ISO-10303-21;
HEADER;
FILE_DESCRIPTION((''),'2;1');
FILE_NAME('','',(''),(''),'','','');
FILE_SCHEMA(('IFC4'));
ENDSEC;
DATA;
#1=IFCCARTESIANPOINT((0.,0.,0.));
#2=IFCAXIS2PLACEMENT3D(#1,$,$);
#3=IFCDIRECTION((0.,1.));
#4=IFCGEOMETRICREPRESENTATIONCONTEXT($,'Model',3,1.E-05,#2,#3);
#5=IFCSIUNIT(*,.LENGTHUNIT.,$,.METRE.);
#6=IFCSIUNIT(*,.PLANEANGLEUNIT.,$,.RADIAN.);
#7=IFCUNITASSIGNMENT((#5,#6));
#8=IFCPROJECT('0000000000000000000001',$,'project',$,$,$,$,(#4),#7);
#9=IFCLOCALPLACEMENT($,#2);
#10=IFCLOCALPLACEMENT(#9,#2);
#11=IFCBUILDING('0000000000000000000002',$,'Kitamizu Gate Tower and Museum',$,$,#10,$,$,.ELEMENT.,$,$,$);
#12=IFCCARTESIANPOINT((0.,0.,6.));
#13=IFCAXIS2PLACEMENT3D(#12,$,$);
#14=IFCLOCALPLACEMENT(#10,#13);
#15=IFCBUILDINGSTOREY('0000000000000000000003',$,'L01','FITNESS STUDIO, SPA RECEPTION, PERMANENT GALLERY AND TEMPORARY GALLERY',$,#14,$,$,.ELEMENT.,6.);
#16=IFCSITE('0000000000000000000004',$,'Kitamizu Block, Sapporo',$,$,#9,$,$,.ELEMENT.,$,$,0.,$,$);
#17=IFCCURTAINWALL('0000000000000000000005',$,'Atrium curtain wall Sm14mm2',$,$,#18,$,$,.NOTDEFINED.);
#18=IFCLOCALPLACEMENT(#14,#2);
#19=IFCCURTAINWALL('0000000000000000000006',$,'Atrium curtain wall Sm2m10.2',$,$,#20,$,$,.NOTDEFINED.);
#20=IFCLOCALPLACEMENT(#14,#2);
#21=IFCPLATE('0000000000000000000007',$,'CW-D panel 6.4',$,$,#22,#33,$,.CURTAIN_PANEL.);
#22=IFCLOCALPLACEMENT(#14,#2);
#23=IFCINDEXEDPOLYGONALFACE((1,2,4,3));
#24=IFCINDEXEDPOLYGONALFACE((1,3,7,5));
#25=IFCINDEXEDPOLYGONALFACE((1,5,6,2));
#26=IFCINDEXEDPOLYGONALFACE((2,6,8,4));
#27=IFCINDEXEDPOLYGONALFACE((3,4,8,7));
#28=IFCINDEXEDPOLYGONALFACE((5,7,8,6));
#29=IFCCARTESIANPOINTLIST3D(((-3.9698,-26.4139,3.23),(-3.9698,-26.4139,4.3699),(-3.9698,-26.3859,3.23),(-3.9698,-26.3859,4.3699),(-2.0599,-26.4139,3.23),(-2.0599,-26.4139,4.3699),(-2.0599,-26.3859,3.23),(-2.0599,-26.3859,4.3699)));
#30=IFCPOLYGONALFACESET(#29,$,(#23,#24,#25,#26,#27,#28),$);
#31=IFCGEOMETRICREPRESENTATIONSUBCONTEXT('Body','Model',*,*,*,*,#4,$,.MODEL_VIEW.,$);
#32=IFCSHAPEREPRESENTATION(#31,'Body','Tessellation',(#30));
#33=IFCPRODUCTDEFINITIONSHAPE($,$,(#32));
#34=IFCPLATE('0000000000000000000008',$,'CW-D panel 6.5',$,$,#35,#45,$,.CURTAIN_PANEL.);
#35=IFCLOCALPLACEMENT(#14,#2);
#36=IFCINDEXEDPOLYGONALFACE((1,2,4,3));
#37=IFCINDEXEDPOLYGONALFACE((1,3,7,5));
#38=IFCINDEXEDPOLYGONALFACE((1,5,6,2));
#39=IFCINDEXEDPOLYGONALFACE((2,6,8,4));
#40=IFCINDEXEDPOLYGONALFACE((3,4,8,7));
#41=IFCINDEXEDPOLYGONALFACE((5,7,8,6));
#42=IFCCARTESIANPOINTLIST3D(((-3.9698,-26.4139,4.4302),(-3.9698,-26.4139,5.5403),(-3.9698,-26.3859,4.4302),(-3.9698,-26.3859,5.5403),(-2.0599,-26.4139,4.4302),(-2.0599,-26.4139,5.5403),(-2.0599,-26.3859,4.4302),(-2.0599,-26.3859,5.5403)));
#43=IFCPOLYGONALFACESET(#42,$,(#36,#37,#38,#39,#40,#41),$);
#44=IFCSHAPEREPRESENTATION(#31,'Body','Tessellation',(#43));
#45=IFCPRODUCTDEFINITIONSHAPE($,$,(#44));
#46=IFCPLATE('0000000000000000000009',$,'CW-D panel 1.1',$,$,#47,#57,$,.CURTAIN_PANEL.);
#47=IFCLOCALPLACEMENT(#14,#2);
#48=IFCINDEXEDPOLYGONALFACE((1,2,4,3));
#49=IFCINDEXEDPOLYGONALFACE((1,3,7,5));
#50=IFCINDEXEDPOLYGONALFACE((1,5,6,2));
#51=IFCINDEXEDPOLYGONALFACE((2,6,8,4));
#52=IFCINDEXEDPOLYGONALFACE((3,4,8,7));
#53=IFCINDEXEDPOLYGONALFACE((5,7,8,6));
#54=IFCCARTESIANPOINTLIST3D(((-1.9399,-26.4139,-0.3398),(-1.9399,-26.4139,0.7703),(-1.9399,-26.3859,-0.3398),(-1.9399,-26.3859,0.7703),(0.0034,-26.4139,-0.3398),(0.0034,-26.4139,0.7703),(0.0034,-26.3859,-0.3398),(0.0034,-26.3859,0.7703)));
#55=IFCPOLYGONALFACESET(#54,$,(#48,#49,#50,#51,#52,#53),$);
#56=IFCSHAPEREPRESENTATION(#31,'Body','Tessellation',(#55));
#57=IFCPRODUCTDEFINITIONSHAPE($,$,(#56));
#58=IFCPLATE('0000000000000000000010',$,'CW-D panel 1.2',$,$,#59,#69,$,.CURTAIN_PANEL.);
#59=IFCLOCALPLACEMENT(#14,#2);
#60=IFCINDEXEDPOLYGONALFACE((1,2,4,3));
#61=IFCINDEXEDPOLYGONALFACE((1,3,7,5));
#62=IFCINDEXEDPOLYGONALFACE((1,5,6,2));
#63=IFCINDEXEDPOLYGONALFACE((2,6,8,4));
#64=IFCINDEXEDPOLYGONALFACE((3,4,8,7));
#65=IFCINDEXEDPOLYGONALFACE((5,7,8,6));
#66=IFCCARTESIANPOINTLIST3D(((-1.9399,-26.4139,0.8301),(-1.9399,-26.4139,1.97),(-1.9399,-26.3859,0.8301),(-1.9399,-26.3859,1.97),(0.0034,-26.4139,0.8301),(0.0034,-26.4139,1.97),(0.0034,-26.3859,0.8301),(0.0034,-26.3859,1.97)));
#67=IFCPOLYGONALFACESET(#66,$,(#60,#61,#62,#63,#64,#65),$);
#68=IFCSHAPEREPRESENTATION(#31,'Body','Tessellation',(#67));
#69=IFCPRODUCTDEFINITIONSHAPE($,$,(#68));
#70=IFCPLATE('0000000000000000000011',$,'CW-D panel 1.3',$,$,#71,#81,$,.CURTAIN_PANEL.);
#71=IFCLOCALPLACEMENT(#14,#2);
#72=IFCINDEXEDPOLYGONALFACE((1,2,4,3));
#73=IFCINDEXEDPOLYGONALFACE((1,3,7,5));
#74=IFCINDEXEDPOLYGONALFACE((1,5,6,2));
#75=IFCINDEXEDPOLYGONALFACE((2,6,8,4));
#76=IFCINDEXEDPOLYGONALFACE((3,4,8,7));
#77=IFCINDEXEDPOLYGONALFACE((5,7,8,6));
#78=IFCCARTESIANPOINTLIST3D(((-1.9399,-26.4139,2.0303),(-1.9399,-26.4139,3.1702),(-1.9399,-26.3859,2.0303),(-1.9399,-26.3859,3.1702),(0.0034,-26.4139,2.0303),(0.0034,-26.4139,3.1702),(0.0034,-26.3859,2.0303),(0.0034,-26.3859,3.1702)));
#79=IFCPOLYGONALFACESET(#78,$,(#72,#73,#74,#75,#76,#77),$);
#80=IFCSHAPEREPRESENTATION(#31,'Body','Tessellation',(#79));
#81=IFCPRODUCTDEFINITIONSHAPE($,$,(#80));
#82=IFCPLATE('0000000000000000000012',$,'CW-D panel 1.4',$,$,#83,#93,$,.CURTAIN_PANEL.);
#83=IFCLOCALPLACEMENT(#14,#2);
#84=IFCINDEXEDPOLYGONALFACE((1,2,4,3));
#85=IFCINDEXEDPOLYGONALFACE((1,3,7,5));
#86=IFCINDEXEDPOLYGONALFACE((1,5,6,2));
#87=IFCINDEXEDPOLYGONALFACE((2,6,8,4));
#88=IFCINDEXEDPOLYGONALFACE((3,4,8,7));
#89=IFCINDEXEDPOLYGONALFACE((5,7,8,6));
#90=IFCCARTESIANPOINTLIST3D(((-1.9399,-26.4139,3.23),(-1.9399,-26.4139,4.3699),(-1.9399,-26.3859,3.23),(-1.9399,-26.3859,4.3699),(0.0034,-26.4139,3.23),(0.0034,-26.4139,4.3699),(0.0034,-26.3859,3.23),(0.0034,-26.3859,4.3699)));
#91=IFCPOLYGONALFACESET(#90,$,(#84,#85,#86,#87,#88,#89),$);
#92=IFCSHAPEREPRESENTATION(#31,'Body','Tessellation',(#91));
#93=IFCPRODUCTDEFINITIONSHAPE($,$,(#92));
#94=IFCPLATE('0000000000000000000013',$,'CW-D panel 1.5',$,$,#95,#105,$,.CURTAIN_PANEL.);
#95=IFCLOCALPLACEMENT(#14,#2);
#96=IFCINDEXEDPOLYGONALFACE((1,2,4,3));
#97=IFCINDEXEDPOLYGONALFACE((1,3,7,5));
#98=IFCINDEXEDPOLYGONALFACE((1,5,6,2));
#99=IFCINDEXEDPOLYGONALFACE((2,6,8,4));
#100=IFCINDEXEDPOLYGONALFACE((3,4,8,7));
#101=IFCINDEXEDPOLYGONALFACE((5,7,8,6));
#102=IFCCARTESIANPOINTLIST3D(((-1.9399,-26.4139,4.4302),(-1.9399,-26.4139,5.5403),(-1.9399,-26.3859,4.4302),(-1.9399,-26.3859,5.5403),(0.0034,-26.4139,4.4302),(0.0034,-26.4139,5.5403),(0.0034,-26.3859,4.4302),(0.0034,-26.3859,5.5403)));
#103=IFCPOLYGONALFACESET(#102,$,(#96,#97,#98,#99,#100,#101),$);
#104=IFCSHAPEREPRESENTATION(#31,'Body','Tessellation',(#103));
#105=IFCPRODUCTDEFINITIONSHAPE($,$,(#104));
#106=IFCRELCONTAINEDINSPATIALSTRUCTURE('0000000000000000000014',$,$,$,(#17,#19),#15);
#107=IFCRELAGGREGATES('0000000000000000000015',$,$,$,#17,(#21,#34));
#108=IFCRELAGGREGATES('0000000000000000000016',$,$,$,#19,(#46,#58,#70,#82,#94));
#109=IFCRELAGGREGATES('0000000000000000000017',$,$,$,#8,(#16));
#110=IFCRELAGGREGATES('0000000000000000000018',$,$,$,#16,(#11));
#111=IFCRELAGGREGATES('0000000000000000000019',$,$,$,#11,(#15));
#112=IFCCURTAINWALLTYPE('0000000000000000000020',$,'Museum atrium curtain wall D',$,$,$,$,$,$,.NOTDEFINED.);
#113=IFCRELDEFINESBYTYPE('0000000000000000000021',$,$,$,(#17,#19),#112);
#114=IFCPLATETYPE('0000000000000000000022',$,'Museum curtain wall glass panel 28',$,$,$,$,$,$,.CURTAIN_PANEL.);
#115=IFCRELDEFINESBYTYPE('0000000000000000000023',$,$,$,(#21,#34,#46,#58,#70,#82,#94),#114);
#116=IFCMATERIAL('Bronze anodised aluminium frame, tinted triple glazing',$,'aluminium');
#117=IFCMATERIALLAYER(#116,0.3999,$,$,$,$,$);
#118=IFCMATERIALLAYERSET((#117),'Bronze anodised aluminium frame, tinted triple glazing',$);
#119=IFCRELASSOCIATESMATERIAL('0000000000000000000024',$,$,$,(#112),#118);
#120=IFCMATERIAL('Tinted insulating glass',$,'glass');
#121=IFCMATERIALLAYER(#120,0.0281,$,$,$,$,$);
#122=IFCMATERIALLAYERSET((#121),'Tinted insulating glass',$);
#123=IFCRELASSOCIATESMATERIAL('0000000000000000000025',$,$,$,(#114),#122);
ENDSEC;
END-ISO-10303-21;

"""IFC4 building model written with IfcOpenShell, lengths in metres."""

from ifc_helpers import new_model, si_unit, direction, frame, origin, origin_2d, place, context, subcontext, project, spatial, rectangle, extrude, material, layer, layer_set, type_object, element, aggregate, save


model = new_model("IFC4")

# Units and contexts
model_context = context("Model", 3, precision=1e-05, world=origin(), true_north=direction((0.0, 1.0)))
body_context = subcontext(model_context, "Body", "Model", "MODEL_VIEW")
ifc_project = project(units=[si_unit("LENGTHUNIT", "METRE"), si_unit("PLANEANGLEUNIT", "RADIAN")], contexts=[model_context])

# Site, building, storey
site_placement = place(None, origin())
site = spatial("IfcSite", under=ifc_project, at=site_placement, Name="Kitamizu Block, Sapporo", CompositionType="ELEMENT", RefElevation=0.0)
building_placement = place(site_placement, origin())
building = spatial("IfcBuilding", under=site, at=building_placement, Name="Kitamizu Gate Tower and Museum", CompositionType="ELEMENT")
storey_placement = place(building_placement, frame((0.0, 0.0, 6.0)))
storey = spatial("IfcBuildingStorey", under=building, at=storey_placement, Name="L01", Description="FITNESS STUDIO, SPA RECEPTION, PERMANENT GALLERY AND TEMPORARY GALLERY", CompositionType="ELEMENT", Elevation=6.0)

# Curtain wall
ifc_material_1 = material(Name="Bronze anodised aluminium frame, tinted triple glazing", Category="aluminium")
ifc_layer_1 = layer(ifc_material_1, 0.3999)
ifc_layer_set_1 = layer_set([ifc_layer_1], Name="Bronze anodised aluminium frame, tinted triple glazing")
curtain_wall_type = type_object("IfcCurtainWallType", Name="Museum atrium curtain wall D", PredefinedType="NOTDEFINED", material=ifc_layer_set_1)
curtain_wall_1_placement = place(storey_placement, origin())
curtain_wall_1 = element("IfcCurtainWall", 1, at=curtain_wall_1_placement, inside=storey, type_object=curtain_wall_type, Name="Atrium curtain wall Sm14mm2", PredefinedType="NOTDEFINED")

# Curtain wall
curtain_wall_2_placement = place(storey_placement, origin())
curtain_wall_2 = element("IfcCurtainWall", 2, at=curtain_wall_2_placement, inside=storey, type_object=curtain_wall_type, Name="Atrium curtain wall Sm2m10.2", PredefinedType="NOTDEFINED")

# Plates
ifc_material_2 = material(Name="Tinted insulating glass", Category="glass")
ifc_layer_2 = layer(ifc_material_2, 0.0281)
ifc_layer_set_2 = layer_set([ifc_layer_2], Name="Tinted insulating glass")
plate_type = type_object("IfcPlateType", Name="Museum curtain wall glass panel 28", PredefinedType="CURTAIN_PANEL", material=ifc_layer_set_2)
plate_1_placement = place(storey_placement, frame((-3.0149, -26.3999, 3.23), z_axis=(0.0, 0.0, 1.0), x_axis=(1.0, 0.0, 0.0)))
plate_1 = element("IfcPlate", 3, at=plate_1_placement, type_object=plate_type, Name="CW-D panel 6.4", PredefinedType="CURTAIN_PANEL", context=body_context, shape_type="SweptSolid", body=[
    extrude(rectangle(XDim=1.9099, YDim=0.0281, at=origin_2d()), origin(), (0.0, 0.0, 1.0), 1.1399),
])
plate_2_placement = place(storey_placement, frame((-3.0149, -26.3999, 4.4302), z_axis=(0.0, 0.0, 1.0), x_axis=(1.0, 0.0, 0.0)))
plate_2 = element("IfcPlate", 4, at=plate_2_placement, type_object=plate_type, Name="CW-D panel 6.5", PredefinedType="CURTAIN_PANEL", context=body_context, shape_type="SweptSolid", body=[
    extrude(rectangle(XDim=1.9099, YDim=0.0281, at=origin_2d()), origin(), (0.0, 0.0, 1.0), 1.1101),
])
aggregate(curtain_wall_1, [plate_1, plate_2])
plate_3_placement = place(storey_placement, frame((-0.9683, -26.3999, -0.3398), z_axis=(0.0, 0.0, 1.0), x_axis=(1.0, 0.0, 0.0)))
plate_3 = element("IfcPlate", 5, at=plate_3_placement, type_object=plate_type, Name="CW-D panel 1.1", PredefinedType="CURTAIN_PANEL", context=body_context, shape_type="SweptSolid", body=[
    extrude(rectangle(XDim=1.9434, YDim=0.0281, at=origin_2d()), origin(), (0.0, 0.0, 1.0), 1.1101),
])
plate_4_placement = place(storey_placement, frame((-0.9683, -26.3999, 0.8301), z_axis=(0.0, 0.0, 1.0), x_axis=(1.0, 0.0, 0.0)))
plate_4 = element("IfcPlate", 6, at=plate_4_placement, type_object=plate_type, Name="CW-D panel 1.2", PredefinedType="CURTAIN_PANEL", context=body_context, shape_type="SweptSolid", body=[
    extrude(rectangle(XDim=1.9434, YDim=0.0281, at=origin_2d()), origin(), (0.0, 0.0, 1.0), 1.1399),
])
plate_5_placement = place(storey_placement, frame((-0.9683, -26.3999, 2.0303), z_axis=(0.0, 0.0, 1.0), x_axis=(1.0, 0.0, 0.0)))
plate_5 = element("IfcPlate", 7, at=plate_5_placement, type_object=plate_type, Name="CW-D panel 1.3", PredefinedType="CURTAIN_PANEL", context=body_context, shape_type="SweptSolid", body=[
    extrude(rectangle(XDim=1.9434, YDim=0.0281, at=origin_2d()), origin(), (0.0, 0.0, 1.0), 1.1399),
])
plate_6_placement = place(storey_placement, frame((-0.9683, -26.3999, 3.23), z_axis=(0.0, 0.0, 1.0), x_axis=(1.0, 0.0, 0.0)))
plate_6 = element("IfcPlate", 8, at=plate_6_placement, type_object=plate_type, Name="CW-D panel 1.4", PredefinedType="CURTAIN_PANEL", context=body_context, shape_type="SweptSolid", body=[
    extrude(rectangle(XDim=1.9434, YDim=0.0281, at=origin_2d()), origin(), (0.0, 0.0, 1.0), 1.1399),
])
plate_7_placement = place(storey_placement, frame((-0.9683, -26.3999, 4.4302), z_axis=(0.0, 0.0, 1.0), x_axis=(1.0, 0.0, 0.0)))
plate_7 = element("IfcPlate", 9, at=plate_7_placement, type_object=plate_type, Name="CW-D panel 1.5", PredefinedType="CURTAIN_PANEL", context=body_context, shape_type="SweptSolid", body=[
    extrude(rectangle(XDim=1.9434, YDim=0.0281, at=origin_2d()), origin(), (0.0, 0.0, 1.0), 1.1101),
])
aggregate(curtain_wall_2, [plate_3, plate_4, plate_5, plate_6, plate_7])

save(model, "model.ifc")
